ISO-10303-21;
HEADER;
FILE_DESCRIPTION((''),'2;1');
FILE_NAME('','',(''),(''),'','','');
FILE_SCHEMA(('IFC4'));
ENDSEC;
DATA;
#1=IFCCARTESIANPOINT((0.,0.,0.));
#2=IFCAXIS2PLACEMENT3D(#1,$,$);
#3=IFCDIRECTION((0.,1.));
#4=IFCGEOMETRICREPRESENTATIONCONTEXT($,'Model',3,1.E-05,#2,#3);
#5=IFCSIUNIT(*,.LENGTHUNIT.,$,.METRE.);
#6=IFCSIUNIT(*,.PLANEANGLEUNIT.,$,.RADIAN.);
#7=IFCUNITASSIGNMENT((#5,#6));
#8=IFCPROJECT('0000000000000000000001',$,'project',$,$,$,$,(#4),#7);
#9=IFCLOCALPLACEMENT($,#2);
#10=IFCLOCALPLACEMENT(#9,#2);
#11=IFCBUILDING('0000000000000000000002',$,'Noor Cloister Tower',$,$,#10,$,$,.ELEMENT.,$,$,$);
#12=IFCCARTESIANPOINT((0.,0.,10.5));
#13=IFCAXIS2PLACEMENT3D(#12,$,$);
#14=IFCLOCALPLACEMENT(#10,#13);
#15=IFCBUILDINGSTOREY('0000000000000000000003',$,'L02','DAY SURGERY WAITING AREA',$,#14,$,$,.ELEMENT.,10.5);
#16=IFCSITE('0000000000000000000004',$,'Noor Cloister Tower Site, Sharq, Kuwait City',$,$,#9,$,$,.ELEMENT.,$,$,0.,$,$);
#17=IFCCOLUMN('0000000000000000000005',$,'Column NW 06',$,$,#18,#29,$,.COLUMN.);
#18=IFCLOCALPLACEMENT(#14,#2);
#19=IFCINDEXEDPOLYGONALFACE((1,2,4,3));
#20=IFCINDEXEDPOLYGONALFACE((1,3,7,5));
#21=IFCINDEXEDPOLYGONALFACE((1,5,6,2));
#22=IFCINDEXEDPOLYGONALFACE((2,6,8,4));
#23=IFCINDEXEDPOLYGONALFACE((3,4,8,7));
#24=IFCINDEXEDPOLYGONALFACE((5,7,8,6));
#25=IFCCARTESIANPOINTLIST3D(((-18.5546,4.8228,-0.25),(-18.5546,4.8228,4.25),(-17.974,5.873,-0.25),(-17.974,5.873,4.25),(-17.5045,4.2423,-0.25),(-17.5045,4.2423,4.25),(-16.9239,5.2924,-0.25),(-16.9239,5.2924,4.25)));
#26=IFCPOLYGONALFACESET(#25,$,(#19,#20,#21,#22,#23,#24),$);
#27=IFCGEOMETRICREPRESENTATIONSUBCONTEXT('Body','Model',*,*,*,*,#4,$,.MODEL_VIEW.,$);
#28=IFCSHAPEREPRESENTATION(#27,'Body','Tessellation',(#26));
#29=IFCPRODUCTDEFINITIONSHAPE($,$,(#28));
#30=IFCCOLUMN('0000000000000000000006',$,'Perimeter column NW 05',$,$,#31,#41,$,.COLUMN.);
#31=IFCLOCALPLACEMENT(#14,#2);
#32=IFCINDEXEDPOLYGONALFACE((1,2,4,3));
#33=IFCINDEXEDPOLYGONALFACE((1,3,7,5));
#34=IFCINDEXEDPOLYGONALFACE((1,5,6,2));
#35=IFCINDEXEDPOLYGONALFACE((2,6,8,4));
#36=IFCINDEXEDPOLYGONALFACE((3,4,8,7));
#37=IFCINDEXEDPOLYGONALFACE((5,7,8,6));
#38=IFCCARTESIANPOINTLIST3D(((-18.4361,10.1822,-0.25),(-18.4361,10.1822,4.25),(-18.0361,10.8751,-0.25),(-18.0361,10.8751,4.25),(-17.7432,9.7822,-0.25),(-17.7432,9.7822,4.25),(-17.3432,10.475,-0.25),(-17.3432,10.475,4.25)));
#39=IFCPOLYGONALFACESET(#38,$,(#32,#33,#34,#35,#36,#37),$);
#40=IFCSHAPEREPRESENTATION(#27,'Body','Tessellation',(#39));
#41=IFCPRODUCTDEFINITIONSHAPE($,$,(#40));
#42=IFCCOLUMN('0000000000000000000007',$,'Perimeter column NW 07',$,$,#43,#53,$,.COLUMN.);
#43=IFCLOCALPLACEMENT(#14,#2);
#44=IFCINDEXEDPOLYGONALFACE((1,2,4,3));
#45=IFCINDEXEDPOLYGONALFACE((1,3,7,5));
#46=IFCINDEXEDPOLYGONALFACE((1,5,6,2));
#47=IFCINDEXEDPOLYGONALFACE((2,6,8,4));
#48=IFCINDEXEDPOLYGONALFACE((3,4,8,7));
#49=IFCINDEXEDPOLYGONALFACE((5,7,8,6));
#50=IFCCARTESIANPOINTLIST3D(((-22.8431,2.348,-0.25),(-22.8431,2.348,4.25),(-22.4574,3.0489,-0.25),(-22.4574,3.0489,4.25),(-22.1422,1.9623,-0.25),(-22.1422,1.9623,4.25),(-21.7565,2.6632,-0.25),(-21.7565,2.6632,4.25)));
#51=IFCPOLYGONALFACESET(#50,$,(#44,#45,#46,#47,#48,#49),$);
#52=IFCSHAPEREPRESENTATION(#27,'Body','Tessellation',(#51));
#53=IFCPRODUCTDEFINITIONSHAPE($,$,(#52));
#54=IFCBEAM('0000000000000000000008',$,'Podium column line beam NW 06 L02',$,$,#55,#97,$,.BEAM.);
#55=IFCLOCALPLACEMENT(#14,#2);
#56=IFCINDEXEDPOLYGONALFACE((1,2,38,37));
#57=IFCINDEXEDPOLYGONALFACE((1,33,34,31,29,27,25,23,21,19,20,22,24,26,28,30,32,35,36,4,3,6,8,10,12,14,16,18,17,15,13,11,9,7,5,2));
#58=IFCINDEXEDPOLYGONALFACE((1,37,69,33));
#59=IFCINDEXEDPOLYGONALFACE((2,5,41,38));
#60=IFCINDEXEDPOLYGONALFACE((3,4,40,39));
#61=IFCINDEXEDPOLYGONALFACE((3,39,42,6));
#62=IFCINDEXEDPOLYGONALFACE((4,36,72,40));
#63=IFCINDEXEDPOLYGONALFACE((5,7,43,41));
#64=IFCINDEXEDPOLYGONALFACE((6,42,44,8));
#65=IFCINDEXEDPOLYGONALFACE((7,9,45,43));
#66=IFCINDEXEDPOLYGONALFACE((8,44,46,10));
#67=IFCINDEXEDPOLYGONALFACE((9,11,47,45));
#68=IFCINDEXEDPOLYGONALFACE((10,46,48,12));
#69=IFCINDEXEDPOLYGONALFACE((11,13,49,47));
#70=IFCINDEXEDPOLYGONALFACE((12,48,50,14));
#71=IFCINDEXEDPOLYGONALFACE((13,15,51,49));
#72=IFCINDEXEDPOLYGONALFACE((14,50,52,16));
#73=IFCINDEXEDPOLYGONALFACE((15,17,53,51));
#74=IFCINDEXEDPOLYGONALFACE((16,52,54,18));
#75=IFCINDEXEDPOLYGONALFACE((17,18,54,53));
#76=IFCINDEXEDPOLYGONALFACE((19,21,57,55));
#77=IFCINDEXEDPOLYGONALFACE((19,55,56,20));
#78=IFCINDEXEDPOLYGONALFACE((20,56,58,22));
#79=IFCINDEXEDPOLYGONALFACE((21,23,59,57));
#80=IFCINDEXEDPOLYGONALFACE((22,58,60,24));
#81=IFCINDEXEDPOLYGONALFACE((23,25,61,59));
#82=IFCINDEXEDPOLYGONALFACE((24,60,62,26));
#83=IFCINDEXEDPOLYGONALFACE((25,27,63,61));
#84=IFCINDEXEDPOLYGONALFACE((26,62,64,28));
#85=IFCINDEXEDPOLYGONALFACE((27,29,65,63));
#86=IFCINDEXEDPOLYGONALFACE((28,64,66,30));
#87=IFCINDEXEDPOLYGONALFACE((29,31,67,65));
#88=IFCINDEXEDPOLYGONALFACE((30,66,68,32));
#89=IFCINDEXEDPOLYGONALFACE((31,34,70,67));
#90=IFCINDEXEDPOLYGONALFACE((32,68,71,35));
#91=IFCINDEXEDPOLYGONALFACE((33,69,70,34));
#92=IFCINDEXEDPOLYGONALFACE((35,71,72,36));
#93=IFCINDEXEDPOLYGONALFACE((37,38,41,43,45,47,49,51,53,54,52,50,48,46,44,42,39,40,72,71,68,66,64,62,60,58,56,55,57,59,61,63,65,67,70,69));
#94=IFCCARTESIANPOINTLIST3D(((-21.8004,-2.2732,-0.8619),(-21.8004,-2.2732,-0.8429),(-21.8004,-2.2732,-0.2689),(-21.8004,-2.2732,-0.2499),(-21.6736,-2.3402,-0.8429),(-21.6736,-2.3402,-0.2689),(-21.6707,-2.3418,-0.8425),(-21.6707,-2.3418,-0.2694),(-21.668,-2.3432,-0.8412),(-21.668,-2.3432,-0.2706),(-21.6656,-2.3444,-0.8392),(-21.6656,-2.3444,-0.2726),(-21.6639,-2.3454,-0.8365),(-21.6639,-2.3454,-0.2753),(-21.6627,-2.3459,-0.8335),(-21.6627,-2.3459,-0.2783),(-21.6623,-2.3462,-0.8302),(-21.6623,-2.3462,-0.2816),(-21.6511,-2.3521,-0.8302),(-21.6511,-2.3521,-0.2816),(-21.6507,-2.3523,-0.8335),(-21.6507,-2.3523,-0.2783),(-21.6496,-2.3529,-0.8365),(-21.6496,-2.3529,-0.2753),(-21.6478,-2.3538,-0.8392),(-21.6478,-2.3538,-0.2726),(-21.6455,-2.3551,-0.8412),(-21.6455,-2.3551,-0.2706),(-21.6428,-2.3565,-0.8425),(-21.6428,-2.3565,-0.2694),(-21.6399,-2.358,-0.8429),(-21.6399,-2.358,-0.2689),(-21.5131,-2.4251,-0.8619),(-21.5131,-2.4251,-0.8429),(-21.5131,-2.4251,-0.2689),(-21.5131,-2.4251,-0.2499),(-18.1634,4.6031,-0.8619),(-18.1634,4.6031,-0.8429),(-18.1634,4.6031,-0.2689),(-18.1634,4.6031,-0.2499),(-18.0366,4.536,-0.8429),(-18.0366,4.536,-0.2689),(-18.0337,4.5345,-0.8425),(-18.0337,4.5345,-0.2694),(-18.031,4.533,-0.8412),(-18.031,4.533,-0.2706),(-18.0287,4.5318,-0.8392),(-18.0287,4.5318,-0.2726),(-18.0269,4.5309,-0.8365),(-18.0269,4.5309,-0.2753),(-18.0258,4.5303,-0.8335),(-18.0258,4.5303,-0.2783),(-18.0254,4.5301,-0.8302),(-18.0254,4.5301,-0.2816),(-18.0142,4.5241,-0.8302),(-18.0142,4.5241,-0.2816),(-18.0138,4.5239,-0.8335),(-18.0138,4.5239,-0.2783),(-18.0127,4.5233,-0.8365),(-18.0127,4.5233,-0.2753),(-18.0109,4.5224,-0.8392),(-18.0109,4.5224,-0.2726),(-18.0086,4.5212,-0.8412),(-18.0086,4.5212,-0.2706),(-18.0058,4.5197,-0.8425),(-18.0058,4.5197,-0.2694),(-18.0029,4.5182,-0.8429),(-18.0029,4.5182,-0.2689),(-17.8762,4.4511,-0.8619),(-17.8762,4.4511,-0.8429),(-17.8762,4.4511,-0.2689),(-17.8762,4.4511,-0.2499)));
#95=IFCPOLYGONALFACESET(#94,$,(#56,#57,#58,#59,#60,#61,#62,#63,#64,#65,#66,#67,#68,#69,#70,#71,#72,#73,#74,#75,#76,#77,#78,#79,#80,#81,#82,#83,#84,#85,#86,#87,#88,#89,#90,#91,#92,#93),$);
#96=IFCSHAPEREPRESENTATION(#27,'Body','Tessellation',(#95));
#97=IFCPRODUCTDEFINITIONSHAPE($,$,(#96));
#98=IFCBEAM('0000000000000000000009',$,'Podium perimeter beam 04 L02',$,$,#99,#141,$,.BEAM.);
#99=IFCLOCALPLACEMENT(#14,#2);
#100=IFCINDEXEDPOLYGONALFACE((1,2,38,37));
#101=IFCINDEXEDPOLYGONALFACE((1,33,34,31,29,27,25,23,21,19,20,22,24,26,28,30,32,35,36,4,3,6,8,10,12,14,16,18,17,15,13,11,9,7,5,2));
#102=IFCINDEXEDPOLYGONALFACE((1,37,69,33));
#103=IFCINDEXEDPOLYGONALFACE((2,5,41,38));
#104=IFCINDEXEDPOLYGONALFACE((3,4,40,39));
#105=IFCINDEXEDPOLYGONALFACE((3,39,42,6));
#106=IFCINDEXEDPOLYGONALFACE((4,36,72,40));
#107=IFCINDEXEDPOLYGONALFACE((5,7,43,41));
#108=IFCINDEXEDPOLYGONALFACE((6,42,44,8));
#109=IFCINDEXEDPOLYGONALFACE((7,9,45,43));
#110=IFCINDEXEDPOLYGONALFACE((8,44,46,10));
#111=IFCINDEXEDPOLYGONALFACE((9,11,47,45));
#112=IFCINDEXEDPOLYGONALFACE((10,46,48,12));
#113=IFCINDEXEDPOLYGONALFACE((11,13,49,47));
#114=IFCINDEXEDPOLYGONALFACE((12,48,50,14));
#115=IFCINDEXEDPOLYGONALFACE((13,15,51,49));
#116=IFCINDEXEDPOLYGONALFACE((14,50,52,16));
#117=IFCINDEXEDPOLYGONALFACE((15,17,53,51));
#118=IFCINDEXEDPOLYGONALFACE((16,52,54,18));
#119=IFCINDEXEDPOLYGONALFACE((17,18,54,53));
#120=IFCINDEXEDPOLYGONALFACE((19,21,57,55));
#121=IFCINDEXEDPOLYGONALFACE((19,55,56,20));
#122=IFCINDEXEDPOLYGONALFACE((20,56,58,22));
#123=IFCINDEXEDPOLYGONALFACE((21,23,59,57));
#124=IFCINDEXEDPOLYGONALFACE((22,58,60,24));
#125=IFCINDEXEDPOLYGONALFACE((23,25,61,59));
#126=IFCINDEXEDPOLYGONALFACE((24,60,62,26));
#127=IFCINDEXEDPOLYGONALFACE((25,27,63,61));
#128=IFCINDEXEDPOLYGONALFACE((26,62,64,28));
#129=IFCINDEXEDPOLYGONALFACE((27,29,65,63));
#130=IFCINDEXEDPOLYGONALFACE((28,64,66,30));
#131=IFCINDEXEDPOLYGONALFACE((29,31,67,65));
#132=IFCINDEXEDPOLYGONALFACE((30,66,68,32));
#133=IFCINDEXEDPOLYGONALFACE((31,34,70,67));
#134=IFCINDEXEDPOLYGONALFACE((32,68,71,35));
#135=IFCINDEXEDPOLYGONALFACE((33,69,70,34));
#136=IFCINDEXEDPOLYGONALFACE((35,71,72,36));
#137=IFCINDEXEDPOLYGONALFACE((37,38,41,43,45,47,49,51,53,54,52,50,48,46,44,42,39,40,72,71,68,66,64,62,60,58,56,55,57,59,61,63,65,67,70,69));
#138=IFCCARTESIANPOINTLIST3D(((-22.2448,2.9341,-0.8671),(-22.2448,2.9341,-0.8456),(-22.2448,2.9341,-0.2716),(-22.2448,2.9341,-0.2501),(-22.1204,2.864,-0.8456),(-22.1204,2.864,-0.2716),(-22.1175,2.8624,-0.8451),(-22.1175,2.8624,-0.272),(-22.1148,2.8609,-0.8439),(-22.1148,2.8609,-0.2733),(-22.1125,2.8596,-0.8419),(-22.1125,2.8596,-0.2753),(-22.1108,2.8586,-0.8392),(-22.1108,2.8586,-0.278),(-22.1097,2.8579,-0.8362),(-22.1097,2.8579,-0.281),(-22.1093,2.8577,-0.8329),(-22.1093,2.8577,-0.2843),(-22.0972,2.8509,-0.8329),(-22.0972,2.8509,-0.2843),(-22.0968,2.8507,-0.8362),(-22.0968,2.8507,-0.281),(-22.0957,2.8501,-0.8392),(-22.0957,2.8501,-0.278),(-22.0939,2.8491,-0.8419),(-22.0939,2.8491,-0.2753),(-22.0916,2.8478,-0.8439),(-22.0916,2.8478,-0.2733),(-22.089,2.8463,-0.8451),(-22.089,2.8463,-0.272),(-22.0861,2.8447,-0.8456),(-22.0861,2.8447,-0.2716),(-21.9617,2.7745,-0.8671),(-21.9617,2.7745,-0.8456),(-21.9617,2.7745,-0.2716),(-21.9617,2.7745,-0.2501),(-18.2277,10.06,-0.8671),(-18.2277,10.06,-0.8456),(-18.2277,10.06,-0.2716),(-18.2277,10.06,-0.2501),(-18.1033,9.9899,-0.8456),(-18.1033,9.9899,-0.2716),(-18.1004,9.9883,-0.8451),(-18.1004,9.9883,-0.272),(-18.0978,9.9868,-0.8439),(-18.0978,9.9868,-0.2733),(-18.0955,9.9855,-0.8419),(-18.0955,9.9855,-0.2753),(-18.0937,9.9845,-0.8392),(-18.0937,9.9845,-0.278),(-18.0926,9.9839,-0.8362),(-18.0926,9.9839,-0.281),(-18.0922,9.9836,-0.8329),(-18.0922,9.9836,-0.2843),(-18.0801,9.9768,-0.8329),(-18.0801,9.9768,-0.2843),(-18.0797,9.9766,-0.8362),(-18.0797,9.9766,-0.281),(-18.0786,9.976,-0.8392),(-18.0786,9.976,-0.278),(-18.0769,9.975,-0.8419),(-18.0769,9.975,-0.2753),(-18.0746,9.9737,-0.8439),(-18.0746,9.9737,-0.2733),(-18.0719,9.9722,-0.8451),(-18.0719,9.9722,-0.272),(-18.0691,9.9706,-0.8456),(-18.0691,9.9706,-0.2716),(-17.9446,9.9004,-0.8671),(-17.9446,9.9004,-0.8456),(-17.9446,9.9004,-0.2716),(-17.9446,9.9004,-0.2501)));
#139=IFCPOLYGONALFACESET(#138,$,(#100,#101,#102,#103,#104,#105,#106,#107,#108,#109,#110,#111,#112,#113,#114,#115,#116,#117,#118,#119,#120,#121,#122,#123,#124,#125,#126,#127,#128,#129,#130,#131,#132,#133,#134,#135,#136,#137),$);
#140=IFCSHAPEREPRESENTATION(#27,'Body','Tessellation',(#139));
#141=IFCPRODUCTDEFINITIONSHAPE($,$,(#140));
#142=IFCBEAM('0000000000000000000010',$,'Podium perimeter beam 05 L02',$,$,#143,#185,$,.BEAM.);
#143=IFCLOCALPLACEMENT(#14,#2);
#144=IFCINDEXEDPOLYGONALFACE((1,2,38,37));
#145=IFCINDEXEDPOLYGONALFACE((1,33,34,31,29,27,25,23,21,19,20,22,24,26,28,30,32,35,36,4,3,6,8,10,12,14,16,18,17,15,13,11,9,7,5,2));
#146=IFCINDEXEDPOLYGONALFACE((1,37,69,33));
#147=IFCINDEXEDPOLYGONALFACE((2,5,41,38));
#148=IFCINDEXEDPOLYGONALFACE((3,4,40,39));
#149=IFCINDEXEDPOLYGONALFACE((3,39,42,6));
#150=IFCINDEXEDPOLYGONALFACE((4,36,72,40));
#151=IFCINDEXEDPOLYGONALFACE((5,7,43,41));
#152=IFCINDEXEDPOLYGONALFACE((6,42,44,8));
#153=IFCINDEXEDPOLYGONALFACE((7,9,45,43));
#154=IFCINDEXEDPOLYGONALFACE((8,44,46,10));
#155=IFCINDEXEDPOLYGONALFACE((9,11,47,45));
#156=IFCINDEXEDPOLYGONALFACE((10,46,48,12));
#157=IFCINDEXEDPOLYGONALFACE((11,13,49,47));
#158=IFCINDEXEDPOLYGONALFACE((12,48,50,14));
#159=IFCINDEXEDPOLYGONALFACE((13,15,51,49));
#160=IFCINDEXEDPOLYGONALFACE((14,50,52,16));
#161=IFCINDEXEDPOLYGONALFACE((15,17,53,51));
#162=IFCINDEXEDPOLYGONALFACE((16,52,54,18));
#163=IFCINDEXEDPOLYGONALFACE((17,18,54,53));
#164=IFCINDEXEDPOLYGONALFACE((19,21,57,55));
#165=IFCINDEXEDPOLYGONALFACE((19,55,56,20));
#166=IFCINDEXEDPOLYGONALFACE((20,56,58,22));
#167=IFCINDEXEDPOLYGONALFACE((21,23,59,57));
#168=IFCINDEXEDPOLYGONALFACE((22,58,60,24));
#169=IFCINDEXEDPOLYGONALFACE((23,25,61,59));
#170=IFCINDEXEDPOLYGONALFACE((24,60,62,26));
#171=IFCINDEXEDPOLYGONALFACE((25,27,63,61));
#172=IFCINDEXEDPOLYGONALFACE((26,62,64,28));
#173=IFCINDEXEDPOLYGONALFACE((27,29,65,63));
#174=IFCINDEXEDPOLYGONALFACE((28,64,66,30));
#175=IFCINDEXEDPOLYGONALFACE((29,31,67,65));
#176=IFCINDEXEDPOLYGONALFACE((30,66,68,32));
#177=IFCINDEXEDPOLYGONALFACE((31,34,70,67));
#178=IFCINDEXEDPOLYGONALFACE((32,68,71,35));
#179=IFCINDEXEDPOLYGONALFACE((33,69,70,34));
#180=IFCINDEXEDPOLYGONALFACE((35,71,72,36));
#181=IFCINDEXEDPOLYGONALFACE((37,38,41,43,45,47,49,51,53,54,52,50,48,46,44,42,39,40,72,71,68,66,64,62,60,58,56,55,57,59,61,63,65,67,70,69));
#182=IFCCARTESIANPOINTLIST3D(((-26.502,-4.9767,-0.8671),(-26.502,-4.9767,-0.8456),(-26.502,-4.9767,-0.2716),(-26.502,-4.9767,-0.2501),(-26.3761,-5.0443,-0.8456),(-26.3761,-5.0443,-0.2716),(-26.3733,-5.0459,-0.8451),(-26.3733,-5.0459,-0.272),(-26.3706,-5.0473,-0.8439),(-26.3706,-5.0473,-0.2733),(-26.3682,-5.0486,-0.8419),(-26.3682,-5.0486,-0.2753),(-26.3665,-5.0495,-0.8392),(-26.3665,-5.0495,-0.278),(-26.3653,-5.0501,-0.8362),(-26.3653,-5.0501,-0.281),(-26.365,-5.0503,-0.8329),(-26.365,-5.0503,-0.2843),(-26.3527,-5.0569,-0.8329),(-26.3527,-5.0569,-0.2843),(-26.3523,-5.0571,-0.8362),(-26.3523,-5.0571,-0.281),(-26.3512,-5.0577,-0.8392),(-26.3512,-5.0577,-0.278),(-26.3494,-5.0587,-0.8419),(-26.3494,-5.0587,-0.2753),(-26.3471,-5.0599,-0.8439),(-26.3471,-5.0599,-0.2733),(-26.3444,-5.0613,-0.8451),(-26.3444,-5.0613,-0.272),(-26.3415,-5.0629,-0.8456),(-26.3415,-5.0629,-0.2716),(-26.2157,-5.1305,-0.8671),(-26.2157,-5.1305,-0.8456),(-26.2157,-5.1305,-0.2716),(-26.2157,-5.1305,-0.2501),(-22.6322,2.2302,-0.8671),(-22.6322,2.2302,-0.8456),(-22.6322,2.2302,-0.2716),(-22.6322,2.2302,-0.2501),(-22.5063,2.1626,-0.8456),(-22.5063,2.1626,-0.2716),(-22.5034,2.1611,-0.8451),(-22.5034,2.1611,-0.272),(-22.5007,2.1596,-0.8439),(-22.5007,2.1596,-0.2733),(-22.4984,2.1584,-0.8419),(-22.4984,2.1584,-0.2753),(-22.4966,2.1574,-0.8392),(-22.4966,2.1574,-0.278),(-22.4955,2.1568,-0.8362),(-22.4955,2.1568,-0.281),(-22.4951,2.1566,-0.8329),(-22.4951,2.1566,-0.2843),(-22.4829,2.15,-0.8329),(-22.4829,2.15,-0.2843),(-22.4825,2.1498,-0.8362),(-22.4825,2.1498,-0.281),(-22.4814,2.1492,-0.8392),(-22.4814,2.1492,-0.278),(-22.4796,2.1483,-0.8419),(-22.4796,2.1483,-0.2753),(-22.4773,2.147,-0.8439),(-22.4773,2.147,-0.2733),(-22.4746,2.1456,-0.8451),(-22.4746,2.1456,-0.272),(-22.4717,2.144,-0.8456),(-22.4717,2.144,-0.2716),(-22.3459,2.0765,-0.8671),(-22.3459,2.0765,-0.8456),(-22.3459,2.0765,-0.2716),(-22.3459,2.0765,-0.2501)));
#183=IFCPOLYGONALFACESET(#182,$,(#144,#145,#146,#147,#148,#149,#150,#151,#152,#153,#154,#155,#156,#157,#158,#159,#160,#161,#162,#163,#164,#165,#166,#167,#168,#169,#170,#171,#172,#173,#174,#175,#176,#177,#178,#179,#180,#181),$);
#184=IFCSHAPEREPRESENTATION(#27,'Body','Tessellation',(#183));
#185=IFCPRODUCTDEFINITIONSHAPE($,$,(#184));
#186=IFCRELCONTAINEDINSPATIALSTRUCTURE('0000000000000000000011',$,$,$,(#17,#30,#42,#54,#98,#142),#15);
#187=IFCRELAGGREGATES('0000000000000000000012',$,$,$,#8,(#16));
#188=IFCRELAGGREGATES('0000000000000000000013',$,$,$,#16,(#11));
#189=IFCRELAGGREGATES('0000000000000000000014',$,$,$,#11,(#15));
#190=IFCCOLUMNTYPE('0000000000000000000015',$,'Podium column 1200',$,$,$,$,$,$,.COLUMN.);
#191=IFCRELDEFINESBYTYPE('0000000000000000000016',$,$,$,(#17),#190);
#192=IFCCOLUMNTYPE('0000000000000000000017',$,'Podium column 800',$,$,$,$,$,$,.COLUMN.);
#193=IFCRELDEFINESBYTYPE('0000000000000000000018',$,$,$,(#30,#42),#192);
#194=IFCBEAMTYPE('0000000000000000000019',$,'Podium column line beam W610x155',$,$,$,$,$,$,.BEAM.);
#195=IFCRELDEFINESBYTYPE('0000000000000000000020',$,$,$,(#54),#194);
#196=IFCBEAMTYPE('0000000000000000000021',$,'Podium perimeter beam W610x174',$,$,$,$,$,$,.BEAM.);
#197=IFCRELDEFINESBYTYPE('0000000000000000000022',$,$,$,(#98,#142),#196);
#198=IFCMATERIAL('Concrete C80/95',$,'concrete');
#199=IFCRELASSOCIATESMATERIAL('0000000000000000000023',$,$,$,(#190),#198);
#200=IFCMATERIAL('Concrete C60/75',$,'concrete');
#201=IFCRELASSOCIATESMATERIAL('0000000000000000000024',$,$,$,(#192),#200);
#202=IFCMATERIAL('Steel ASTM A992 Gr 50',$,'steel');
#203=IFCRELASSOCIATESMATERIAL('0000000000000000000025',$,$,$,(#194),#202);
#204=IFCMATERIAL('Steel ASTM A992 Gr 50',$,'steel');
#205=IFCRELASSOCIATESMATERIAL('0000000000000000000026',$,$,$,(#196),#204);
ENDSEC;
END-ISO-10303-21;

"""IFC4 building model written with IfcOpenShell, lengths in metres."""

from ifc_helpers import new_model, si_unit, direction, frame, origin, origin_2d, place, context, subcontext, project, spatial, rectangle, i_section, extrude, material, material_profile, profile_set, type_object, element, save


model = new_model("IFC4")

# Units and contexts
model_context = context("Model", 3, precision=1e-05, world=origin(), true_north=direction((0.0, 1.0)))
body_context = subcontext(model_context, "Body", "Model", "MODEL_VIEW")
ifc_project = project(units=[si_unit("LENGTHUNIT", "METRE"), si_unit("PLANEANGLEUNIT", "RADIAN")], contexts=[model_context])

# Site, building, storey
site_placement = place(None, origin())
site = spatial("IfcSite", under=ifc_project, at=site_placement, Name="Noor Cloister Tower Site, Sharq, Kuwait City", CompositionType="ELEMENT", RefElevation=0.0)
building_placement = place(site_placement, origin())
building = spatial("IfcBuilding", under=site, at=building_placement, Name="Noor Cloister Tower", CompositionType="ELEMENT")
storey_placement = place(building_placement, frame((0.0, 0.0, 10.5)))
storey = spatial("IfcBuildingStorey", under=building, at=storey_placement, Name="L02", Description="DAY SURGERY WAITING AREA", CompositionType="ELEMENT", Elevation=10.5)

# Columns
ifc_material_1 = material(Name="Concrete C80/95", Category="concrete")
ifc_material_profile_1 = material_profile(ifc_material_1, rectangle(XDim=1.2, YDim=1.2, at=origin_2d()), Name="Podium column 1200")
ifc_profile_set_1 = profile_set([ifc_material_profile_1], Name="Concrete C80/95")
column_type_1 = type_object("IfcColumnType", Name="Podium column 1200", PredefinedType="COLUMN", material=ifc_profile_set_1)
column_placement = place(storey_placement, frame((-17.7393, 5.0576, -0.25), z_axis=(0.0, 0.0, 1.0), x_axis=(-0.875153, 0.483847, 0.0)))
element("IfcColumn", 1, at=column_placement, inside=storey, type_object=column_type_1, Name="Column NW 06", PredefinedType="COLUMN", context=body_context, shape_type="SweptSolid", body=[
    extrude(rectangle(XDim=1.2, YDim=1.2, at=origin_2d()), origin(), (0.0, 0.0, 1.0), 4.5),
])
ifc_material_2 = material(Name="Concrete C60/75", Category="concrete")
ifc_material_profile_2 = material_profile(ifc_material_2, rectangle(XDim=0.8, YDim=0.8, at=origin_2d()), Name="Podium column 800")
ifc_profile_set_2 = profile_set([ifc_material_profile_2], Name="Concrete C60/75")
column_type_2 = type_object("IfcColumnType", Name="Podium column 800", PredefinedType="COLUMN", material=ifc_profile_set_2)
for number, where, z_axis, x_axis, name in (
    (2, (-17.8896, 10.3286, -0.25), (0.0, 0.0, 1.0), (-0.866025, 0.5, 0.0), "Perimeter column NW 05"),
    (3, (-22.2998, 2.5056, -0.25), (0.0, 0.0, 1.0), (-0.876111, 0.482109, 0.0), "Perimeter column NW 07"),
):
    element("IfcColumn", number, at=place(storey_placement, frame(where, z_axis=z_axis, x_axis=x_axis)), inside=storey, type_object=column_type_2, Name=name, PredefinedType="COLUMN", context=body_context, shape_type="SweptSolid", body=[
        extrude(rectangle(XDim=0.8, YDim=0.8, at=origin_2d()), origin(), (0.0, 0.0, 1.0), 4.5),
    ])

# Beams
ifc_material_3 = material(Name="Steel ASTM A992 Gr 50", Category="steel")
ifc_material_profile_3 = material_profile(ifc_material_3, i_section(OverallWidth=0.325, OverallDepth=0.6121, WebThickness=0.0127, FlangeThickness=0.019, FilletRadius=0.0127, at=origin_2d()), Name="W610x155")
ifc_profile_set_3 = profile_set([ifc_material_profile_3], Name="Steel ASTM A992 Gr 50")
beam_type_1 = type_object("IfcBeamType", Name="Podium column line beam W610x155", PredefinedType="BEAM", material=ifc_profile_set_3)
beam_1_placement = place(storey_placement, frame((-18.0198, 4.5271, -0.5559), z_axis=(-0.467547, -0.883968, 0.0), x_axis=(0.883968, -0.467547, 0.0)))
element("IfcBeam", 4, at=beam_1_placement, inside=storey, type_object=beam_type_1, Name="Podium column line beam NW 06 L02", PredefinedType="BEAM", context=body_context, shape_type="SweptSolid", body=[
    extrude(i_section(OverallWidth=0.325, OverallDepth=0.6121, WebThickness=0.0127, FlangeThickness=0.019, FilletRadius=0.0127, at=origin_2d()), origin(), (0.0, 0.0, 1.0), 7.7788),
])
ifc_material_4 = material(Name="Steel ASTM A992 Gr 50", Category="steel")
ifc_material_profile_4 = material_profile(ifc_material_4, i_section(OverallWidth=0.325, OverallDepth=0.6169, WebThickness=0.0139, FlangeThickness=0.0215, FilletRadius=0.0127, at=origin_2d()), Name="W610x174")
ifc_profile_set_4 = profile_set([ifc_material_profile_4], Name="Steel ASTM A992 Gr 50")
beam_type_2 = type_object("IfcBeamType", Name="Podium perimeter beam W610x174", PredefinedType="BEAM", material=ifc_profile_set_4)
for number, where, z_axis, x_axis, name in (
    (5, (-18.0862, 9.9802, -0.5586), (-0.491072, -0.871119, 0.0), (0.871119, -0.491072, 0.0), "Podium perimeter beam 04 L02"),
    (6, (-22.489, 2.1533, -0.5586), (-0.473073, -0.881023, 0.0), (0.881023, -0.473073, 0.0), "Podium perimeter beam 05 L02"),
):
    element("IfcBeam", number, at=place(storey_placement, frame(where, z_axis=z_axis, x_axis=x_axis)), inside=storey, type_object=beam_type_2, Name=name, PredefinedType="BEAM", context=body_context, shape_type="SweptSolid", body=[
        extrude(i_section(OverallWidth=0.325, OverallDepth=0.6169, WebThickness=0.0139, FlangeThickness=0.0215, FilletRadius=0.0127, at=origin_2d()), origin(), (0.0, 0.0, 1.0), 8.1802),
    ])

save(model, "model.ifc")
